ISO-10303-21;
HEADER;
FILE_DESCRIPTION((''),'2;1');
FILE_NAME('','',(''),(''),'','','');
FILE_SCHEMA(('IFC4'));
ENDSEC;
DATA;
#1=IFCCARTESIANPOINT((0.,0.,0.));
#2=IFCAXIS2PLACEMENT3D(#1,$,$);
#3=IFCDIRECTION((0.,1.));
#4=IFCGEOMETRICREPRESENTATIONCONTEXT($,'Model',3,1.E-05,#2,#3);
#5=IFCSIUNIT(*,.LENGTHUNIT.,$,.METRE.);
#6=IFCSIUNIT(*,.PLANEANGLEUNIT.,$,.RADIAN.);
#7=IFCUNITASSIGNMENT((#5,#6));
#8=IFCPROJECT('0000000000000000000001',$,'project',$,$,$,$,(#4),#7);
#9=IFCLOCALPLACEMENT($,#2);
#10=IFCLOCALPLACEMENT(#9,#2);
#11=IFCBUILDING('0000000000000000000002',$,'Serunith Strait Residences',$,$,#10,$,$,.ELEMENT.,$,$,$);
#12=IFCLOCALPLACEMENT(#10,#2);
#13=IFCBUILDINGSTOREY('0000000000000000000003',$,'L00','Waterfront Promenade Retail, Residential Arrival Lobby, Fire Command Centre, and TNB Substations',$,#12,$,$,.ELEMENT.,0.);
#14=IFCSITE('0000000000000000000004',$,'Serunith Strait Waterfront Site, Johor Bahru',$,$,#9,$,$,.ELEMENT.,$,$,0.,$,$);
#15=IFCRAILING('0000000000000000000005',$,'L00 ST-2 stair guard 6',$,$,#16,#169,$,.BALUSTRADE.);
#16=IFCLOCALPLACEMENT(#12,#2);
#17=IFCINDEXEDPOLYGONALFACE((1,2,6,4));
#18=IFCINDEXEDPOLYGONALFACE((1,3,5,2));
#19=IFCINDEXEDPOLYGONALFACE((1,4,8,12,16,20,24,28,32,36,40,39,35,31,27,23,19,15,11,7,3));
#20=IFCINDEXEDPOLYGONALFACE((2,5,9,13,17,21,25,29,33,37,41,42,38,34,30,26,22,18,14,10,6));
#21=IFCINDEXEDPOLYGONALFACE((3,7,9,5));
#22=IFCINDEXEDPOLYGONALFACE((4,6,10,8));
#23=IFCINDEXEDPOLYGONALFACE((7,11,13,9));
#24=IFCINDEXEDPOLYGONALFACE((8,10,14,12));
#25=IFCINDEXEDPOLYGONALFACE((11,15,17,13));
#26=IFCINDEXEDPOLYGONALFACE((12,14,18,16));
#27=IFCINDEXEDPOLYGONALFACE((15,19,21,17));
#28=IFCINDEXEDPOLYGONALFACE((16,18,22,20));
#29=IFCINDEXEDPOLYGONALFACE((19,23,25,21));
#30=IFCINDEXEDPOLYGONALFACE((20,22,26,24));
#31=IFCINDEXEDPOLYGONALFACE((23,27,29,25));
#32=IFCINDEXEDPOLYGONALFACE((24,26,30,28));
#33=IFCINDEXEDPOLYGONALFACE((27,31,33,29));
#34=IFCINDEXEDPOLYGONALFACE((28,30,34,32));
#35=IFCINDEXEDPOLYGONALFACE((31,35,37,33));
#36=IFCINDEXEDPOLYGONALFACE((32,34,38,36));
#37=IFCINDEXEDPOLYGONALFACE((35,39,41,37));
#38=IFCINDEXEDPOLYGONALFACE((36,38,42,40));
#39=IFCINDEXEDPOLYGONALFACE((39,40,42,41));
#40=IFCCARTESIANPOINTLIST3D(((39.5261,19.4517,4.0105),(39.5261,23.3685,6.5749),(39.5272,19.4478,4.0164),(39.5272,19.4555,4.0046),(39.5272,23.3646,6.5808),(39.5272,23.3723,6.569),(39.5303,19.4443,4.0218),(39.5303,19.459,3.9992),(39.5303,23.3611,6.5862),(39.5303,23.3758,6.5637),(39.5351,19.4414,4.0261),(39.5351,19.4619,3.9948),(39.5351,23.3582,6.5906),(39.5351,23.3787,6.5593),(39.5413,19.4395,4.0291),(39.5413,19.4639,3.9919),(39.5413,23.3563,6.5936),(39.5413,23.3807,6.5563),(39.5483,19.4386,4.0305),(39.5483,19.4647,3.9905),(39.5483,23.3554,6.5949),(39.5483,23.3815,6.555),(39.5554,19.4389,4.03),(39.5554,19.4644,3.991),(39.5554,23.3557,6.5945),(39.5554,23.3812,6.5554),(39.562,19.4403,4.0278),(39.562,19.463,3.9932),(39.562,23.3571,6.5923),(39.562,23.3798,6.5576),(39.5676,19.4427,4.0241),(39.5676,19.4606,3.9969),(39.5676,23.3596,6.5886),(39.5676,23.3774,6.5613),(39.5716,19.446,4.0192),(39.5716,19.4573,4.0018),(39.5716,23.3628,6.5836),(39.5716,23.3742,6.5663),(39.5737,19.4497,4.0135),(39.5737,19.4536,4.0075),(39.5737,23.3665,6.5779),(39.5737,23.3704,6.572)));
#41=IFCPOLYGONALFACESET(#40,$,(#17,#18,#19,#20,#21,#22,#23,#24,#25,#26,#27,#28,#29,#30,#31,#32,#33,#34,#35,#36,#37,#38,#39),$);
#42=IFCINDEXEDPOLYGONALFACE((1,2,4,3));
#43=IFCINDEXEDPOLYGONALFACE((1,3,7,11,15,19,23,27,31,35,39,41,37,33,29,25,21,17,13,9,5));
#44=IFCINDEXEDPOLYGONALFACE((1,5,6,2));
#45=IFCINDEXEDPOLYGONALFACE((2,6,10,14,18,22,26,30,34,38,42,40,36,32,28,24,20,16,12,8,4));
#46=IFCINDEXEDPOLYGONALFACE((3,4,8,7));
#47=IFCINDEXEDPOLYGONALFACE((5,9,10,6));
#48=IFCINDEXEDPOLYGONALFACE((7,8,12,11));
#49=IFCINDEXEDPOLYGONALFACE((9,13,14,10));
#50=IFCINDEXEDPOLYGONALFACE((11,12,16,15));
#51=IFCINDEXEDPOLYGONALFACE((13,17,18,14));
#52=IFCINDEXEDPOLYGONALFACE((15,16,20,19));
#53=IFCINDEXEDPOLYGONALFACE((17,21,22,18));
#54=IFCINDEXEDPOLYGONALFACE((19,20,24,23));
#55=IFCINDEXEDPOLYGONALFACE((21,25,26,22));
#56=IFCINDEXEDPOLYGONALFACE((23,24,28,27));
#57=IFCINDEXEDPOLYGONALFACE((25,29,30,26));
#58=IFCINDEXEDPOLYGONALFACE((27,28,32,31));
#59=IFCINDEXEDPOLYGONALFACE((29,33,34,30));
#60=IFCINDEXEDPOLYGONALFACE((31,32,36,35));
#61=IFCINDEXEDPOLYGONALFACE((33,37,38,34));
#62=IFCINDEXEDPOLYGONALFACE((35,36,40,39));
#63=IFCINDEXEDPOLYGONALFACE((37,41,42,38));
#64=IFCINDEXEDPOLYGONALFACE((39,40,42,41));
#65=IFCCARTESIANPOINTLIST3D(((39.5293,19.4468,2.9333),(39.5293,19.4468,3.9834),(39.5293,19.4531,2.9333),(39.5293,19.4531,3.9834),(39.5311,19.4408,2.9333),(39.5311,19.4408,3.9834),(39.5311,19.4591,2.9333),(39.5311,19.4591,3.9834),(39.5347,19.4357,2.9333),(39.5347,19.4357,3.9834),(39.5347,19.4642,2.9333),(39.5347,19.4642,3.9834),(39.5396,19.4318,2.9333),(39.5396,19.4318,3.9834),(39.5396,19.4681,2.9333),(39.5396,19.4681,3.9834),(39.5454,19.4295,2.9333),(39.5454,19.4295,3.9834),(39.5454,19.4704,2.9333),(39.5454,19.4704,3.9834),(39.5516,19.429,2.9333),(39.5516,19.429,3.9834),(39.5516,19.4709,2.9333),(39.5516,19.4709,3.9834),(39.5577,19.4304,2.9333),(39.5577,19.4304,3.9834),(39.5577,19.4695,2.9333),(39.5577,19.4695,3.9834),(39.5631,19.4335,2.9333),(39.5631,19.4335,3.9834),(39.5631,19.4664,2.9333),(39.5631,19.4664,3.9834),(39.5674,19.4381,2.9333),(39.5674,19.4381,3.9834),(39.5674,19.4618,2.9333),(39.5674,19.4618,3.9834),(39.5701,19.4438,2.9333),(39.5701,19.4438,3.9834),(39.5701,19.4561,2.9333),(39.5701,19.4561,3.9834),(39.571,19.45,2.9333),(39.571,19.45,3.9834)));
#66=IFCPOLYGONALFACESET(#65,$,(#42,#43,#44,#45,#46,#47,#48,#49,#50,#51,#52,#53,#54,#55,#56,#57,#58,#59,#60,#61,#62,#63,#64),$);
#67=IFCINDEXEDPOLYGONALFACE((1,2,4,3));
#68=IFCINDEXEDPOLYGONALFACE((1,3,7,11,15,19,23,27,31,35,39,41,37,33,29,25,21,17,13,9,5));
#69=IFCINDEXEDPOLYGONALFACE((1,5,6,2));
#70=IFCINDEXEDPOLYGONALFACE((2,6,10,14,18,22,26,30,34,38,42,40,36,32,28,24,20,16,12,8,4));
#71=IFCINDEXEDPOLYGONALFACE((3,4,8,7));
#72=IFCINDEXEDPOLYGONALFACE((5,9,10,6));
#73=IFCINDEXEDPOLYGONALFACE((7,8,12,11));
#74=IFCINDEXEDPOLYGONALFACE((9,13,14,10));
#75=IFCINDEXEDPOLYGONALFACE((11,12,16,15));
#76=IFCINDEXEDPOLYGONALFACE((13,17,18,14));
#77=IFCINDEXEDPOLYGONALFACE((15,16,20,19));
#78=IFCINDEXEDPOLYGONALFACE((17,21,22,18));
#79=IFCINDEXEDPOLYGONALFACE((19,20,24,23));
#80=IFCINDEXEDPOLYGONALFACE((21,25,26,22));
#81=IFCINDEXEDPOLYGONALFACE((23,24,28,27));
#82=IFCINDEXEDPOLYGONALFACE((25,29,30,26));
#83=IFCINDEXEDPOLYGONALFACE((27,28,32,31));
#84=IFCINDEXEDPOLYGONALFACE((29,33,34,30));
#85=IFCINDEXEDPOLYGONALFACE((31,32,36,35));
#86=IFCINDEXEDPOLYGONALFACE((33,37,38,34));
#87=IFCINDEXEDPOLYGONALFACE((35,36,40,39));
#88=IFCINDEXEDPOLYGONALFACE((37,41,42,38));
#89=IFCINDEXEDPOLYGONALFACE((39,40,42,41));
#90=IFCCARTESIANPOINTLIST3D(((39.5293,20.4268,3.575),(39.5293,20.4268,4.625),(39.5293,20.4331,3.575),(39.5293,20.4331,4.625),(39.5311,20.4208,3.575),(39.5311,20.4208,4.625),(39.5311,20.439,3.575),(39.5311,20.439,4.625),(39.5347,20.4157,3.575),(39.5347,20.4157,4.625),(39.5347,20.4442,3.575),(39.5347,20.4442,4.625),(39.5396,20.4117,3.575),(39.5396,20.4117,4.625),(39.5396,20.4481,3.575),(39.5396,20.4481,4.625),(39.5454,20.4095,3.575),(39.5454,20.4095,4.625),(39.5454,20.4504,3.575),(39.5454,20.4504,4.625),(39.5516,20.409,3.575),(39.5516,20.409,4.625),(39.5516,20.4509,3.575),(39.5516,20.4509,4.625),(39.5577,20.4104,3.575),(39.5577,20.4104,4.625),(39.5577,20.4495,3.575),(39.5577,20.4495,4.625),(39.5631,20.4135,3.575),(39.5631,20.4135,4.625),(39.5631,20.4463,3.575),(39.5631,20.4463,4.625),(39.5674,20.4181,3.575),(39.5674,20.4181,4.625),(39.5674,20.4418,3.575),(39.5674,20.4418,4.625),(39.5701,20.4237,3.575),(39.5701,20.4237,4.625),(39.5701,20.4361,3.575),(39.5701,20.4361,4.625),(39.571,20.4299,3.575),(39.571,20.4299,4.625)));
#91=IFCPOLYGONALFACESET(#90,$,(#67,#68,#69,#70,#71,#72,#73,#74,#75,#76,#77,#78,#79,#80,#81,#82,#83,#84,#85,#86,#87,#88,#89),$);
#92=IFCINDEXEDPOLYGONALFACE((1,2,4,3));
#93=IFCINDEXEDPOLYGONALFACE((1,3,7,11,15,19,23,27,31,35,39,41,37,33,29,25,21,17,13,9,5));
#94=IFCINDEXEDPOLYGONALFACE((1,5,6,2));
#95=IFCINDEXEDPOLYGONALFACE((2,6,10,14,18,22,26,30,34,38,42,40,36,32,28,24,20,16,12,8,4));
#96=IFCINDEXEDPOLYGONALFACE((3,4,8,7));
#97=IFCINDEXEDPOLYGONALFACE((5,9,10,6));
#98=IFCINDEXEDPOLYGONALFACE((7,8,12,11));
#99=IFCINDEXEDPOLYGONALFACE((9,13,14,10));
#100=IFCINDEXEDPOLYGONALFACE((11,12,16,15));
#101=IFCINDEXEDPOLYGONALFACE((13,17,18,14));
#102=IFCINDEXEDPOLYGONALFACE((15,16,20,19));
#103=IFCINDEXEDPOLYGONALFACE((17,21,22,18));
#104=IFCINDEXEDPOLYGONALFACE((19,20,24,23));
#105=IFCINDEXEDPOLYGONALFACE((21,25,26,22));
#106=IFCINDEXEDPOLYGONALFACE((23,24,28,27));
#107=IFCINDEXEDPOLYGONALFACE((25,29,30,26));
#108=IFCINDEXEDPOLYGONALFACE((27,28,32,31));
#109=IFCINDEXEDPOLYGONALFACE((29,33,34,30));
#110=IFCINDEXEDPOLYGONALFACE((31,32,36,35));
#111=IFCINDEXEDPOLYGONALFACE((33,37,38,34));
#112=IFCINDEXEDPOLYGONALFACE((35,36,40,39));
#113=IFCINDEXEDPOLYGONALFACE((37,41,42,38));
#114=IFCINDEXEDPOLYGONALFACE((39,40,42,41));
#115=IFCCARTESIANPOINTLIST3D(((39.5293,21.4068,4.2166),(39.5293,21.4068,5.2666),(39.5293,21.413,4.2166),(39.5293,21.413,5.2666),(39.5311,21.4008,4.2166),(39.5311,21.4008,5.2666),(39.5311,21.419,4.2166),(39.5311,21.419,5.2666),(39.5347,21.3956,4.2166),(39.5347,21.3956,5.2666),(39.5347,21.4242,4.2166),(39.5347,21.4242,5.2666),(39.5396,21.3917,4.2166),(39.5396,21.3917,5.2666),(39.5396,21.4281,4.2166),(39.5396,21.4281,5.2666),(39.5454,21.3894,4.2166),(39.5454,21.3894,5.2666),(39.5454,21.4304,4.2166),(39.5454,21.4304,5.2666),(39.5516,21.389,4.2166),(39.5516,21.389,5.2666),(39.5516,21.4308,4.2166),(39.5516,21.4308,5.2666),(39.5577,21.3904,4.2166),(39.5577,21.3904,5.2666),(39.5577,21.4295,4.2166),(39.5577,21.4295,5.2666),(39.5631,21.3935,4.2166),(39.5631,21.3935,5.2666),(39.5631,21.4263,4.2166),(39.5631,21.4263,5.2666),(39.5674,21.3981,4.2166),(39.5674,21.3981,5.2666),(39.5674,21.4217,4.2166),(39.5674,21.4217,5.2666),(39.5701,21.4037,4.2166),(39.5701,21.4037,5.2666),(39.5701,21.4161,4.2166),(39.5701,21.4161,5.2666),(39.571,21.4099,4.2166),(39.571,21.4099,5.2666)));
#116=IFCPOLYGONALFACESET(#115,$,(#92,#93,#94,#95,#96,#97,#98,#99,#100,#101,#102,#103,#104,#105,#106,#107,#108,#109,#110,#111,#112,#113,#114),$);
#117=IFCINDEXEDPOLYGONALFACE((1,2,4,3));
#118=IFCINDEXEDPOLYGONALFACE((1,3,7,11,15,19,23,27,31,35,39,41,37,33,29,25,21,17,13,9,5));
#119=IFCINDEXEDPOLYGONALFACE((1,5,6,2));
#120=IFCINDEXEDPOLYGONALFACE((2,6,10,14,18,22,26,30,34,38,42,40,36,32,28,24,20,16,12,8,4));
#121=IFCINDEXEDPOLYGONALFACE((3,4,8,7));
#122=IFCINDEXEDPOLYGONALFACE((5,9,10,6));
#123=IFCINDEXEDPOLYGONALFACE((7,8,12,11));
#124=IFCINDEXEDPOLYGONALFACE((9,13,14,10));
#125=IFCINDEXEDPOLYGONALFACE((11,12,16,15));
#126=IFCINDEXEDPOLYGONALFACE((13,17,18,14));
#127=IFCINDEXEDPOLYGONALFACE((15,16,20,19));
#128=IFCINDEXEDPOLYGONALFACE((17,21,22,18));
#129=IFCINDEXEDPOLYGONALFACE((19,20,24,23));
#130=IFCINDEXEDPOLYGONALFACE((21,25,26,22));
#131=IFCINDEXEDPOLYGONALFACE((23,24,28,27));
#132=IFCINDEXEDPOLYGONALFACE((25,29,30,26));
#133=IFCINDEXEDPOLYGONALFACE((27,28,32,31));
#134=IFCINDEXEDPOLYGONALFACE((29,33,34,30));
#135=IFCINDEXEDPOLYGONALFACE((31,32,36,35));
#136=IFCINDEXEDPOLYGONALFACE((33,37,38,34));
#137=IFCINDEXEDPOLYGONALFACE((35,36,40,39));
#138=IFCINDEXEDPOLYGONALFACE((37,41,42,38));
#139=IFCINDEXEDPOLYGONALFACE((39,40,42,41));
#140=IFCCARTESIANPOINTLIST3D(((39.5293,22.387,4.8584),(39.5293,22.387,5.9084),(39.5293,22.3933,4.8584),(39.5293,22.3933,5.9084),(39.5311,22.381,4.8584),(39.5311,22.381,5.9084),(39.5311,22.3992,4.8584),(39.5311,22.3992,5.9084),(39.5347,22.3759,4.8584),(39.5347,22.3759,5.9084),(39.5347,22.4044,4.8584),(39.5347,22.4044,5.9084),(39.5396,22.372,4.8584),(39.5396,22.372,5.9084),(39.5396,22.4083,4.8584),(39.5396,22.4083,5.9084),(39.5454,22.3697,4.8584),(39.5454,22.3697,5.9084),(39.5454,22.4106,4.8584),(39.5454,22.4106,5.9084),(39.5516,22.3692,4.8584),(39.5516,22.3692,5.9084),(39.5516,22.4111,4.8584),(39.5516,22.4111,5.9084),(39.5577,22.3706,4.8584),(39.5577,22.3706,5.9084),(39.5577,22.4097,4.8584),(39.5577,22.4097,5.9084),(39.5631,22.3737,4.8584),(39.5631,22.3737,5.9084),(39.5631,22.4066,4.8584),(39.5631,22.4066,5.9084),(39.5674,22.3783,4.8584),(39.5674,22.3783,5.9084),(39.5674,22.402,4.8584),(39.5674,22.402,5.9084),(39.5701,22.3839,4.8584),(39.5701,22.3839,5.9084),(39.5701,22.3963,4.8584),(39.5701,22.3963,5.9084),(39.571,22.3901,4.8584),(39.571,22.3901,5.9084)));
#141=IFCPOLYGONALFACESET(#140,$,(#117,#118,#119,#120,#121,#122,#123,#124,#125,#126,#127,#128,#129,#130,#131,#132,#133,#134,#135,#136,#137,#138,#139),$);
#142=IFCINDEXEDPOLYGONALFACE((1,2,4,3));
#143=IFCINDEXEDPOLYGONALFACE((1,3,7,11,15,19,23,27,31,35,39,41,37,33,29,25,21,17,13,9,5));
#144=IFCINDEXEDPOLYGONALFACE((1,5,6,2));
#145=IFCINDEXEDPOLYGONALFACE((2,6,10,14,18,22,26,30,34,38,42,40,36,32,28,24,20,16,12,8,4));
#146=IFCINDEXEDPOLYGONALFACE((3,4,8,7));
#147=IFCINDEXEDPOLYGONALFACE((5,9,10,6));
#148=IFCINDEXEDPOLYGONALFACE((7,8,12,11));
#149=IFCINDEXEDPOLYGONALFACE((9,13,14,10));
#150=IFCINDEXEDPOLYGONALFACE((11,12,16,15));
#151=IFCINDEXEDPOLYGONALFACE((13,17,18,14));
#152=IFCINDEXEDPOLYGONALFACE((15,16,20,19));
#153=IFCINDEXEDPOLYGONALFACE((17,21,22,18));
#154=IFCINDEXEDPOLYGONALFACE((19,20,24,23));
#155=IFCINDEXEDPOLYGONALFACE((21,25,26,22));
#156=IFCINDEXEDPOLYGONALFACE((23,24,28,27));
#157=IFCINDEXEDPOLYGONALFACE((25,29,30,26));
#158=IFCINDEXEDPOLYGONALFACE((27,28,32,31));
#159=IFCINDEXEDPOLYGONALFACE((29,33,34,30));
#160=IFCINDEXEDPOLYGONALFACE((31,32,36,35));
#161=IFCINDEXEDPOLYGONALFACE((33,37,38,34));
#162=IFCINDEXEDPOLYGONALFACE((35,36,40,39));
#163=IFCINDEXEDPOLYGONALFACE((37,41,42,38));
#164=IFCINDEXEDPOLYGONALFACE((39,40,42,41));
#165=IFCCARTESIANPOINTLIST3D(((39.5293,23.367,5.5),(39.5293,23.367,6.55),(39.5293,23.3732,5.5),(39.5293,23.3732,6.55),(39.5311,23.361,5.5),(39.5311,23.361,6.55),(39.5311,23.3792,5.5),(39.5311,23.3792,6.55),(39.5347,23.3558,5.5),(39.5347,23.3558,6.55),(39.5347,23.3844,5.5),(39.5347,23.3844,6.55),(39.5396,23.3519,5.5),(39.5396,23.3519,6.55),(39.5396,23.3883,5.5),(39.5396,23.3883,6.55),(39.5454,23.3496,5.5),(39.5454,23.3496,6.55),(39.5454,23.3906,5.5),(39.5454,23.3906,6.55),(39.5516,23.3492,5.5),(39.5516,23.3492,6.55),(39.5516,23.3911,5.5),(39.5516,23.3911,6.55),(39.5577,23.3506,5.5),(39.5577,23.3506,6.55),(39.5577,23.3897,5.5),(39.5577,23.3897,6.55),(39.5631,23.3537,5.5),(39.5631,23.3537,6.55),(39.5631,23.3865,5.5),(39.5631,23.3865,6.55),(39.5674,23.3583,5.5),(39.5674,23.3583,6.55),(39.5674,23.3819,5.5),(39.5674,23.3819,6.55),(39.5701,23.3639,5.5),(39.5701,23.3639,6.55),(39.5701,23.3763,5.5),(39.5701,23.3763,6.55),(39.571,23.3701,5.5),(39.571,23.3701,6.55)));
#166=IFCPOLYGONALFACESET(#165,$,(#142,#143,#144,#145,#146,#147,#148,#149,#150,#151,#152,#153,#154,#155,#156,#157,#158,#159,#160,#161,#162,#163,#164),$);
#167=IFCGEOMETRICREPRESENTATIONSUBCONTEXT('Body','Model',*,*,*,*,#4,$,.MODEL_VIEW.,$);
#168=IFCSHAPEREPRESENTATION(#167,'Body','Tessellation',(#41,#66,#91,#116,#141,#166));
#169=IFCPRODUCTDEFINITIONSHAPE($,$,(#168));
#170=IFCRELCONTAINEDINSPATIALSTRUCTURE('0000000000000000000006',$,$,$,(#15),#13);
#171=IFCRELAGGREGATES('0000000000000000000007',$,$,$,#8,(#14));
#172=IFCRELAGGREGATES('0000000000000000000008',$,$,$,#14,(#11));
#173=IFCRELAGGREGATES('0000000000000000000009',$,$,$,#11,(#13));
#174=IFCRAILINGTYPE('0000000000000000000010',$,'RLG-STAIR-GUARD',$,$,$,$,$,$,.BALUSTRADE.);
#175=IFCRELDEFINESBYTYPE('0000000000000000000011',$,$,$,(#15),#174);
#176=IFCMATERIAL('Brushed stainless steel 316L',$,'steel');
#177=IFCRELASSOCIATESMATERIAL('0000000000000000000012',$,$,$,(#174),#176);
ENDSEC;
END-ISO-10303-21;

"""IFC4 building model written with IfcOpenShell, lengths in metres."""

from ifc_helpers import new_model, si_unit, direction, frame, origin, origin_2d, place, context, subcontext, project, spatial, circle, extrude, material, type_object, element, save


model = new_model("IFC4")

# Units and contexts
model_context = context("Model", 3, precision=1e-05, world=origin(), true_north=direction((0.0, 1.0)))
body_context = subcontext(model_context, "Body", "Model", "MODEL_VIEW")
ifc_project = project(units=[si_unit("LENGTHUNIT", "METRE"), si_unit("PLANEANGLEUNIT", "RADIAN")], contexts=[model_context])

# Site, building, storey
site_placement = place(None, origin())
site = spatial("IfcSite", under=ifc_project, at=site_placement, Name="Serunith Strait Waterfront Site, Johor Bahru", CompositionType="ELEMENT", RefElevation=0.0)
building_placement = place(site_placement, origin())
building = spatial("IfcBuilding", under=site, at=building_placement, Name="Serunith Strait Residences", CompositionType="ELEMENT")
storey_placement = place(building_placement, origin())
storey = spatial("IfcBuildingStorey", under=building, at=storey_placement, Name="L00", Description="Waterfront Promenade Retail, Residential Arrival Lobby, Fire Command Centre, and TNB Substations", CompositionType="ELEMENT", Elevation=0.0)

# Railing
ifc_material_1 = material(Name="Brushed stainless steel 316L", Category="steel")
railing_type_1 = type_object("IfcRailingType", Name="RLG-STAIR-GUARD", PredefinedType="BALUSTRADE", material=ifc_material_1)
railing_1_placement = place(storey_placement, frame((39.55, 19.45, 2.9333)))
element("IfcRailing", 1, at=railing_1_placement, inside=storey, type_object=railing_type_1, Name="L00 ST-2 stair guard 6", PredefinedType="BALUSTRADE", context=body_context, shape_type="SweptSolid", body=[
    extrude(circle(Radius=0.0239, at=origin_2d()), frame((0.0, 0.0017, 1.0771), z_axis=(0.0, 0.836631, 0.547767), x_axis=(-1.0, 0.0, 0.0)), (0.0, 0.0, 1.0), 4.6816),
    extrude(circle(Radius=0.021, at=origin_2d()), origin(), (0.0, 0.0, 1.0), 1.05),
    extrude(circle(Radius=0.021, at=origin_2d()), frame((0.0, 0.98, 0.6416)), (0.0, 0.0, 1.0), 1.05),
    extrude(circle(Radius=0.021, at=origin_2d()), frame((0.0, 1.96, 1.2832)), (0.0, 0.0, 1.0), 1.05),
    extrude(circle(Radius=0.021, at=origin_2d()), frame((0.0, 2.9402, 1.925)), (0.0, 0.0, 1.0), 1.05),
    extrude(circle(Radius=0.021, at=origin_2d()), frame((0.0, 3.9202, 2.5667)), (0.0, 0.0, 1.0), 1.05),
])

save(model, "model.ifc")
